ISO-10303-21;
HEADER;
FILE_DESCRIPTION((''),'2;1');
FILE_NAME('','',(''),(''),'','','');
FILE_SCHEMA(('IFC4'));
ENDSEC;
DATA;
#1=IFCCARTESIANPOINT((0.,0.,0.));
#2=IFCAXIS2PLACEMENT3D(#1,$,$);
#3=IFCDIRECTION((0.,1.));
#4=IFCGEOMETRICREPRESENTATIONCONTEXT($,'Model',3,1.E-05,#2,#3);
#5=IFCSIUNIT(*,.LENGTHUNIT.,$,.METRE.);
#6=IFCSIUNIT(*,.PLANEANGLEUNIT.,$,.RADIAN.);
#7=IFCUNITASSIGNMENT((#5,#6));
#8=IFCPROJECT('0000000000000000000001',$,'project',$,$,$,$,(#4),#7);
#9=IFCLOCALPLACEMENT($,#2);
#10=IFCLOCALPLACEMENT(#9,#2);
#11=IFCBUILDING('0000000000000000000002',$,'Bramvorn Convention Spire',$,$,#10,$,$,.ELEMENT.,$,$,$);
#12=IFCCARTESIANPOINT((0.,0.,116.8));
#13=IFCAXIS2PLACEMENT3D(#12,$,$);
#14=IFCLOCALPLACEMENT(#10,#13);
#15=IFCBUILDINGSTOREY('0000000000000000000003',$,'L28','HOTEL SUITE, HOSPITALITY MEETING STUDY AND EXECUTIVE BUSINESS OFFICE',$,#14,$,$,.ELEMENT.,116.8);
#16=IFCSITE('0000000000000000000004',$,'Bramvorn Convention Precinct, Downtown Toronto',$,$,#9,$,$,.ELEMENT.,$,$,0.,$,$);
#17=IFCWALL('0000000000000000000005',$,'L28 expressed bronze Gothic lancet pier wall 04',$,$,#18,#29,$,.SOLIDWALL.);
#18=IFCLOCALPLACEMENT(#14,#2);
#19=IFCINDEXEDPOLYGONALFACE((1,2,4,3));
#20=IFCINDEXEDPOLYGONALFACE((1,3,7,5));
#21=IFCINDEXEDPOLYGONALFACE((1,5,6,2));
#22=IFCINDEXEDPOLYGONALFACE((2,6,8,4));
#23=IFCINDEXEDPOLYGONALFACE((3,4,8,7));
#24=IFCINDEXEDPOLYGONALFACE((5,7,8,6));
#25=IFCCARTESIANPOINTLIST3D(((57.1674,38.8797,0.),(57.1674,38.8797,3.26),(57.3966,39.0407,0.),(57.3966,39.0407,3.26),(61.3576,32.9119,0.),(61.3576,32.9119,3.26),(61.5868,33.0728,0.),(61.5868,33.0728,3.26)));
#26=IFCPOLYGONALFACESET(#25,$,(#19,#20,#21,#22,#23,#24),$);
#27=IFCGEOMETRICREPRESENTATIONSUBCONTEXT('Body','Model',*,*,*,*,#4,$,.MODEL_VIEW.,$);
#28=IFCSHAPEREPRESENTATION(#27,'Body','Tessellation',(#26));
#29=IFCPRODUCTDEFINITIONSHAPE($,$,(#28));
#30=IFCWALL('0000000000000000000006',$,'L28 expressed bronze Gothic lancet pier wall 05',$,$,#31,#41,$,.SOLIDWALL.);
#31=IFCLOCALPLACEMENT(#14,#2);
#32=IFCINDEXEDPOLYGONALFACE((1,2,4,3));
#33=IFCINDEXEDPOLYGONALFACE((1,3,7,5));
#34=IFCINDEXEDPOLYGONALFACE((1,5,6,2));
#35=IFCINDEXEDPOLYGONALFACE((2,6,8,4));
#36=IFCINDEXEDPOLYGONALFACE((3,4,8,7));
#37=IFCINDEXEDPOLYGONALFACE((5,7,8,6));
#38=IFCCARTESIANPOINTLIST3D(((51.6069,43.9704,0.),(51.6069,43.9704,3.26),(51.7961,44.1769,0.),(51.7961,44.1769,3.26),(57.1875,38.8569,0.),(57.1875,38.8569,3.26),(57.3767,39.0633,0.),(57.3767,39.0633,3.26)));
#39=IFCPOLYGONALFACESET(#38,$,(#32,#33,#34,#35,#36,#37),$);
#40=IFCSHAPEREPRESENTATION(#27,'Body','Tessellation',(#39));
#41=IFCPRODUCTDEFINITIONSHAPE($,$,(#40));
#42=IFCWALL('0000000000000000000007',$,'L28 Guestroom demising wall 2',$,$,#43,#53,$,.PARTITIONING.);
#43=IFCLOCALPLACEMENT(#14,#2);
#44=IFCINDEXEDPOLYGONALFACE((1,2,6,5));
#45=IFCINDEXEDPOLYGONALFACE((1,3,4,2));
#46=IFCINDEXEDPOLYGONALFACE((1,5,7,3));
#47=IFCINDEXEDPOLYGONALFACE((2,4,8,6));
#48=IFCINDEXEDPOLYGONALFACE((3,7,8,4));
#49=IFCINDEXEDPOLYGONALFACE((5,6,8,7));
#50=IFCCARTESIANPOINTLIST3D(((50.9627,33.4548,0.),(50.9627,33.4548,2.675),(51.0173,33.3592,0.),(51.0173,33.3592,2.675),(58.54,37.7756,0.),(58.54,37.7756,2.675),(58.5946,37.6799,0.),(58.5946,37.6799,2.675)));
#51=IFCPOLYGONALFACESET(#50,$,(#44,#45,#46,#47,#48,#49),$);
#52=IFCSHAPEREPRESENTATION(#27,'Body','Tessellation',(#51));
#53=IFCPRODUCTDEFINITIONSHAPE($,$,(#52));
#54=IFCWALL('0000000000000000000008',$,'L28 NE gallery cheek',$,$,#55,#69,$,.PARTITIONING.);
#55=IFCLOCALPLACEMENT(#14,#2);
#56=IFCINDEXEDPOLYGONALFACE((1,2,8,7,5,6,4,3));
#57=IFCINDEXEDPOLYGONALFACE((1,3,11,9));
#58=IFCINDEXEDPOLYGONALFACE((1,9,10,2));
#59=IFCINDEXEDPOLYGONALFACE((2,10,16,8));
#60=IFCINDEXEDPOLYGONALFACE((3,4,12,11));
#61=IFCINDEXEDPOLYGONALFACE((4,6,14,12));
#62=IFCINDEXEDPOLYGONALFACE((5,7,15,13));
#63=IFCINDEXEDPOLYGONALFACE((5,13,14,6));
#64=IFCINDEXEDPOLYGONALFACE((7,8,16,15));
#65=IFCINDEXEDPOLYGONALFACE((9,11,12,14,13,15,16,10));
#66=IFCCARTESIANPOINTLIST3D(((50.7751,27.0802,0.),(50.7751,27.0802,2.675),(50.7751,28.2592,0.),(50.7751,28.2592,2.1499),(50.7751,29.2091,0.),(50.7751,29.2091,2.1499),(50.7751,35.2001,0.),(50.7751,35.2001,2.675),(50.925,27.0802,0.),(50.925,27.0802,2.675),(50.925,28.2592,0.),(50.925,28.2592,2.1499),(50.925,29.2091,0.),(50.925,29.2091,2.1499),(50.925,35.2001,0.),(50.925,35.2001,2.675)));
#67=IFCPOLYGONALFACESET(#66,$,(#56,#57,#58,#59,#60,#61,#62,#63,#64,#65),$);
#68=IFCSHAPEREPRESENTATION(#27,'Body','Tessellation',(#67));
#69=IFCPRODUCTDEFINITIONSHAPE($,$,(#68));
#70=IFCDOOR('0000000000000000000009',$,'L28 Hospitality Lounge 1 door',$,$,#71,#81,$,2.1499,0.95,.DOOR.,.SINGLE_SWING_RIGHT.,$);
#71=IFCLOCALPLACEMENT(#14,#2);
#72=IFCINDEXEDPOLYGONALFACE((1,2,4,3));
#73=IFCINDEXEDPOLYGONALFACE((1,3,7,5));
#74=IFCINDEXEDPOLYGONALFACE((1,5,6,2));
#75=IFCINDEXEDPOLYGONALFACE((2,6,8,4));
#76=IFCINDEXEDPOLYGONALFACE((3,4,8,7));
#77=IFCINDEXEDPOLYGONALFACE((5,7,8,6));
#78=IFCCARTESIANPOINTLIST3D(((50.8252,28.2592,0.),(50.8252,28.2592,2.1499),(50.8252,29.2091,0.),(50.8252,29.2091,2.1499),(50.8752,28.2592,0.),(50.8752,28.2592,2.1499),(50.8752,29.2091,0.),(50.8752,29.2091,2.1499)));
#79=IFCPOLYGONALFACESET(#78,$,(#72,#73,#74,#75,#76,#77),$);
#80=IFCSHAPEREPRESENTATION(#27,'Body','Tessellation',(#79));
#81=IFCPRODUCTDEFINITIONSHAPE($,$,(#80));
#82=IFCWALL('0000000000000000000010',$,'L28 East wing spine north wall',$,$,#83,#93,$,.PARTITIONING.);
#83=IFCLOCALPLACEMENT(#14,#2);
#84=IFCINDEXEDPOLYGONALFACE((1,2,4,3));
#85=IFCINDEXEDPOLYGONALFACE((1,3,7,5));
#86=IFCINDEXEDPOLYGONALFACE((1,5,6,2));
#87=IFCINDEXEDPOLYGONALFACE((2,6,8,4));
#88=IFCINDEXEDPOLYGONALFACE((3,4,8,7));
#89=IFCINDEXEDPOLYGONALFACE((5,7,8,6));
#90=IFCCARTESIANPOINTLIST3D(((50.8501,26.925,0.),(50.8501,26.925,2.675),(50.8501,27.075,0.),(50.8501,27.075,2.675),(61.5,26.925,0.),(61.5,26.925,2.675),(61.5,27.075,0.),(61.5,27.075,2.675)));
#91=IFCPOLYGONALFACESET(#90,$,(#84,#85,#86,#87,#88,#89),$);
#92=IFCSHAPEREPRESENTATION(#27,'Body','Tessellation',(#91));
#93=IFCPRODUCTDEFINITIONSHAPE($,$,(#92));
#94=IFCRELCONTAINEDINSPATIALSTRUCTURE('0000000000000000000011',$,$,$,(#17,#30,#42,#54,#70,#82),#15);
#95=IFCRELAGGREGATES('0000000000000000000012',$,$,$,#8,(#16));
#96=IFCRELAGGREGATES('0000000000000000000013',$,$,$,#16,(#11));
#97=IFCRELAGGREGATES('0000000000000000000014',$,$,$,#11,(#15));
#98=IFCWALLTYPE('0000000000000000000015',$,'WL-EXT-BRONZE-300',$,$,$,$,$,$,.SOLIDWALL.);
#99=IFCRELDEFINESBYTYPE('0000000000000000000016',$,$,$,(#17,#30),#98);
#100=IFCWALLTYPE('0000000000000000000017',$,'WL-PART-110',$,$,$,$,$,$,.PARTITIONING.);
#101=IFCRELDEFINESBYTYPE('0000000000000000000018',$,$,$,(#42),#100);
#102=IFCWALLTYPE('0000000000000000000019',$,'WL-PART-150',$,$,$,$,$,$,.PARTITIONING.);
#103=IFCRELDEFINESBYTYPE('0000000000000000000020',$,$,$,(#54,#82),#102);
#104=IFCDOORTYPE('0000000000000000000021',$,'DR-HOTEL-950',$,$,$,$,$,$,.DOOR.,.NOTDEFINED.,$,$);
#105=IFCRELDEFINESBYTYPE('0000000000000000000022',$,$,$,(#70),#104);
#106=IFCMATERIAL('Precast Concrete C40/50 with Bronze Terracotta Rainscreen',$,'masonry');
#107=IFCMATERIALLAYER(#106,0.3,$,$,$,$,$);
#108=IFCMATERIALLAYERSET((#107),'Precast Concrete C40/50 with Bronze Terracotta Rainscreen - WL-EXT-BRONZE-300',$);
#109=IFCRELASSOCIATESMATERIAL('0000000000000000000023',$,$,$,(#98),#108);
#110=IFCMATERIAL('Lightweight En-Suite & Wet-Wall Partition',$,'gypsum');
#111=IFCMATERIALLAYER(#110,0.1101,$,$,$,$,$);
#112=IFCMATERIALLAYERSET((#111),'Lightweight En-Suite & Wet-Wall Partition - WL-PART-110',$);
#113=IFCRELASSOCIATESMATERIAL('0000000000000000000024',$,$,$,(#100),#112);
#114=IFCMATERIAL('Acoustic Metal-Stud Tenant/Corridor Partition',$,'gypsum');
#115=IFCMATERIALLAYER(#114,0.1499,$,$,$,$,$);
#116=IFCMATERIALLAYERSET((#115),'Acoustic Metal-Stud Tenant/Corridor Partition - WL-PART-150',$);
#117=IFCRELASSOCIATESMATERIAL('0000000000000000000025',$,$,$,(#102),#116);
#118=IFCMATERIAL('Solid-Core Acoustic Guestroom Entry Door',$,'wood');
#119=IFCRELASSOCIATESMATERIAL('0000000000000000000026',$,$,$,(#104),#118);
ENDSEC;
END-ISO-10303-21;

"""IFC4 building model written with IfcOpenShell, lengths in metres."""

from ifc_helpers import new_model, si_unit, direction, frame, frame_2d, origin, place, context, subcontext, project, spatial, rectangle, extrude, material, layer, layer_set, type_object, element, fill, save


model = new_model("IFC4")

# Units and contexts
model_context = context("Model", 3, precision=1e-05, world=origin(), true_north=direction((0.0, 1.0)))
body_context = subcontext(model_context, "Body", "Model", "MODEL_VIEW")
ifc_project = project(units=[si_unit("LENGTHUNIT", "METRE"), si_unit("PLANEANGLEUNIT", "RADIAN")], contexts=[model_context])

# Site, building, storey
site_placement = place(None, origin())
site = spatial("IfcSite", under=ifc_project, at=site_placement, Name="Bramvorn Convention Precinct, Downtown Toronto", CompositionType="ELEMENT", RefElevation=0.0)
building_placement = place(site_placement, origin())
building = spatial("IfcBuilding", under=site, at=building_placement, Name="Bramvorn Convention Spire", CompositionType="ELEMENT")
storey_placement = place(building_placement, frame((0.0, 0.0, 116.8)))
storey = spatial("IfcBuildingStorey", under=building, at=storey_placement, Name="L28", Description="HOTEL SUITE, HOSPITALITY MEETING STUDY AND EXECUTIVE BUSINESS OFFICE", CompositionType="ELEMENT", Elevation=116.8)

# Walls
ifc_material_1 = material(Name="Precast Concrete C40/50 with Bronze Terracotta Rainscreen", Category="masonry")
ifc_layer_1 = layer(ifc_material_1, 0.3)
ifc_layer_set_1 = layer_set([ifc_layer_1], Name="Precast Concrete C40/50 with Bronze Terracotta Rainscreen - WL-EXT-BRONZE-300")
wall_type_1 = type_object("IfcWallType", Name="WL-EXT-BRONZE-300", PredefinedType="SOLIDWALL", material=ifc_layer_set_1)
wall_1_placement = place(storey_placement, frame((57.282, 38.9602, 0.0), z_axis=(0.0, 0.0, 1.0), x_axis=(0.574635, -0.81841, 0.0)))
element("IfcWall", 1, at=wall_1_placement, inside=storey, type_object=wall_type_1, Name="L28 expressed bronze Gothic lancet pier wall 04", PredefinedType="SOLIDWALL", context=body_context, shape_type="SweptSolid", body=[
    extrude(rectangle(XDim=7.292, YDim=0.28, at=frame_2d((3.646, 0.0))), origin(), (0.0, 0.0, 1.0), 3.26),
])
wall_2_placement = place(storey_placement, frame((51.7014, 44.0737, 0.0), z_axis=(0.0, 0.0, 1.0), x_axis=(0.737285, -0.675581, 0.0)))
element("IfcWall", 2, at=wall_2_placement, inside=storey, type_object=wall_type_1, Name="L28 expressed bronze Gothic lancet pier wall 05", PredefinedType="SOLIDWALL", context=body_context, shape_type="SweptSolid", body=[
    extrude(rectangle(XDim=7.5691, YDim=0.28, at=frame_2d((3.7847, 0.0))), origin(), (0.0, 0.0, 1.0), 3.26),
])
ifc_material_2 = material(Name="Lightweight En-Suite & Wet-Wall Partition", Category="gypsum")
ifc_layer_2 = layer(ifc_material_2, 0.1101)
ifc_layer_set_2 = layer_set([ifc_layer_2], Name="Lightweight En-Suite & Wet-Wall Partition - WL-PART-110")
wall_type_2 = type_object("IfcWallType", Name="WL-PART-110", PredefinedType="PARTITIONING", material=ifc_layer_set_2)
wall_3_placement = place(storey_placement, frame((50.99, 33.407, 0.0), z_axis=(0.0, 0.0, 1.0), x_axis=(0.868694, 0.495349, 0.0)))
element("IfcWall", 3, at=wall_3_placement, inside=storey, type_object=wall_type_2, Name="L28 Guestroom demising wall 2", PredefinedType="PARTITIONING", context=body_context, shape_type="SweptSolid", body=[
    extrude(rectangle(XDim=8.7227, YDim=0.1101, at=frame_2d((4.3613, 0.0))), origin(), (0.0, 0.0, 1.0), 2.675),
])

# Wall, opening, door
ifc_material_3 = material(Name="Acoustic Metal-Stud Tenant/Corridor Partition", Category="gypsum")
ifc_layer_3 = layer(ifc_material_3, 0.1499)
ifc_layer_set_3 = layer_set([ifc_layer_3], Name="Acoustic Metal-Stud Tenant/Corridor Partition - WL-PART-150")
wall_type_3 = type_object("IfcWallType", Name="WL-PART-150", PredefinedType="PARTITIONING", material=ifc_layer_set_3)
wall_4_placement = place(storey_placement, frame((50.8501, 27.0801, 0.0), z_axis=(0.0, 0.0, 1.0), x_axis=(0.0, 1.0, 0.0)))
wall_4 = element("IfcWall", 4, at=wall_4_placement, inside=storey, type_object=wall_type_3, Name="L28 NE gallery cheek", PredefinedType="PARTITIONING", context=body_context, shape_type="SweptSolid", body=[
    extrude(rectangle(XDim=8.1199, YDim=0.1499, at=frame_2d((4.0601, 0.0))), origin(), (0.0, 0.0, 1.0), 2.675),
])
opening_placement = place(wall_4_placement, frame((1.179, 0.0, 0.0)))
opening = element("IfcOpeningElement", 5, at=opening_placement, cuts=wall_4, PredefinedType="OPENING", context=body_context, shape_type="SweptSolid", body=[
    extrude(rectangle(XDim=0.95, YDim=2.1499, at=frame_2d((0.4751, 1.075))), frame((0.0, 0.085, 0.0), z_axis=(0.0, -1.0, 0.0), x_axis=(1.0, 0.0, 0.0)), (0.0, 0.0, 1.0), 0.1699),
])
ifc_material_4 = material(Name="Solid-Core Acoustic Guestroom Entry Door", Category="wood")
door_type = type_object("IfcDoorType", Name="DR-HOTEL-950", OperationType="NOTDEFINED", PredefinedType="DOOR", material=ifc_material_4)
door_placement = place(opening_placement, origin())
door = element("IfcDoor", 6, at=door_placement, inside=storey, type_object=door_type, Name="L28 Hospitality Lounge 1 door", OperationType="SINGLE_SWING_RIGHT", OverallHeight=2.1499, OverallWidth=0.95, PredefinedType="DOOR", context=body_context, shape_type="SweptSolid", body=[
    extrude(rectangle(XDim=0.95, YDim=2.1499, at=frame_2d((0.4751, 1.075))), frame((0.0, 0.0249, 0.0), z_axis=(0.0, -1.0, 0.0), x_axis=(1.0, 0.0, 0.0)), (0.0, 0.0, 1.0), 0.05),
])
fill(opening, door)

# Wall
wall_5_placement = place(storey_placement, frame((50.8501, 27.0, 0.0), z_axis=(0.0, 0.0, 1.0), x_axis=(1.0, 0.0, 0.0)))
element("IfcWall", 7, at=wall_5_placement, inside=storey, type_object=wall_type_3, Name="L28 East wing spine north wall", PredefinedType="PARTITIONING", context=body_context, shape_type="SweptSolid", body=[
    extrude(rectangle(XDim=10.6499, YDim=0.1499, at=frame_2d((5.325, 0.0))), origin(), (0.0, 0.0, 1.0), 2.675),
])

save(model, "model.ifc")
